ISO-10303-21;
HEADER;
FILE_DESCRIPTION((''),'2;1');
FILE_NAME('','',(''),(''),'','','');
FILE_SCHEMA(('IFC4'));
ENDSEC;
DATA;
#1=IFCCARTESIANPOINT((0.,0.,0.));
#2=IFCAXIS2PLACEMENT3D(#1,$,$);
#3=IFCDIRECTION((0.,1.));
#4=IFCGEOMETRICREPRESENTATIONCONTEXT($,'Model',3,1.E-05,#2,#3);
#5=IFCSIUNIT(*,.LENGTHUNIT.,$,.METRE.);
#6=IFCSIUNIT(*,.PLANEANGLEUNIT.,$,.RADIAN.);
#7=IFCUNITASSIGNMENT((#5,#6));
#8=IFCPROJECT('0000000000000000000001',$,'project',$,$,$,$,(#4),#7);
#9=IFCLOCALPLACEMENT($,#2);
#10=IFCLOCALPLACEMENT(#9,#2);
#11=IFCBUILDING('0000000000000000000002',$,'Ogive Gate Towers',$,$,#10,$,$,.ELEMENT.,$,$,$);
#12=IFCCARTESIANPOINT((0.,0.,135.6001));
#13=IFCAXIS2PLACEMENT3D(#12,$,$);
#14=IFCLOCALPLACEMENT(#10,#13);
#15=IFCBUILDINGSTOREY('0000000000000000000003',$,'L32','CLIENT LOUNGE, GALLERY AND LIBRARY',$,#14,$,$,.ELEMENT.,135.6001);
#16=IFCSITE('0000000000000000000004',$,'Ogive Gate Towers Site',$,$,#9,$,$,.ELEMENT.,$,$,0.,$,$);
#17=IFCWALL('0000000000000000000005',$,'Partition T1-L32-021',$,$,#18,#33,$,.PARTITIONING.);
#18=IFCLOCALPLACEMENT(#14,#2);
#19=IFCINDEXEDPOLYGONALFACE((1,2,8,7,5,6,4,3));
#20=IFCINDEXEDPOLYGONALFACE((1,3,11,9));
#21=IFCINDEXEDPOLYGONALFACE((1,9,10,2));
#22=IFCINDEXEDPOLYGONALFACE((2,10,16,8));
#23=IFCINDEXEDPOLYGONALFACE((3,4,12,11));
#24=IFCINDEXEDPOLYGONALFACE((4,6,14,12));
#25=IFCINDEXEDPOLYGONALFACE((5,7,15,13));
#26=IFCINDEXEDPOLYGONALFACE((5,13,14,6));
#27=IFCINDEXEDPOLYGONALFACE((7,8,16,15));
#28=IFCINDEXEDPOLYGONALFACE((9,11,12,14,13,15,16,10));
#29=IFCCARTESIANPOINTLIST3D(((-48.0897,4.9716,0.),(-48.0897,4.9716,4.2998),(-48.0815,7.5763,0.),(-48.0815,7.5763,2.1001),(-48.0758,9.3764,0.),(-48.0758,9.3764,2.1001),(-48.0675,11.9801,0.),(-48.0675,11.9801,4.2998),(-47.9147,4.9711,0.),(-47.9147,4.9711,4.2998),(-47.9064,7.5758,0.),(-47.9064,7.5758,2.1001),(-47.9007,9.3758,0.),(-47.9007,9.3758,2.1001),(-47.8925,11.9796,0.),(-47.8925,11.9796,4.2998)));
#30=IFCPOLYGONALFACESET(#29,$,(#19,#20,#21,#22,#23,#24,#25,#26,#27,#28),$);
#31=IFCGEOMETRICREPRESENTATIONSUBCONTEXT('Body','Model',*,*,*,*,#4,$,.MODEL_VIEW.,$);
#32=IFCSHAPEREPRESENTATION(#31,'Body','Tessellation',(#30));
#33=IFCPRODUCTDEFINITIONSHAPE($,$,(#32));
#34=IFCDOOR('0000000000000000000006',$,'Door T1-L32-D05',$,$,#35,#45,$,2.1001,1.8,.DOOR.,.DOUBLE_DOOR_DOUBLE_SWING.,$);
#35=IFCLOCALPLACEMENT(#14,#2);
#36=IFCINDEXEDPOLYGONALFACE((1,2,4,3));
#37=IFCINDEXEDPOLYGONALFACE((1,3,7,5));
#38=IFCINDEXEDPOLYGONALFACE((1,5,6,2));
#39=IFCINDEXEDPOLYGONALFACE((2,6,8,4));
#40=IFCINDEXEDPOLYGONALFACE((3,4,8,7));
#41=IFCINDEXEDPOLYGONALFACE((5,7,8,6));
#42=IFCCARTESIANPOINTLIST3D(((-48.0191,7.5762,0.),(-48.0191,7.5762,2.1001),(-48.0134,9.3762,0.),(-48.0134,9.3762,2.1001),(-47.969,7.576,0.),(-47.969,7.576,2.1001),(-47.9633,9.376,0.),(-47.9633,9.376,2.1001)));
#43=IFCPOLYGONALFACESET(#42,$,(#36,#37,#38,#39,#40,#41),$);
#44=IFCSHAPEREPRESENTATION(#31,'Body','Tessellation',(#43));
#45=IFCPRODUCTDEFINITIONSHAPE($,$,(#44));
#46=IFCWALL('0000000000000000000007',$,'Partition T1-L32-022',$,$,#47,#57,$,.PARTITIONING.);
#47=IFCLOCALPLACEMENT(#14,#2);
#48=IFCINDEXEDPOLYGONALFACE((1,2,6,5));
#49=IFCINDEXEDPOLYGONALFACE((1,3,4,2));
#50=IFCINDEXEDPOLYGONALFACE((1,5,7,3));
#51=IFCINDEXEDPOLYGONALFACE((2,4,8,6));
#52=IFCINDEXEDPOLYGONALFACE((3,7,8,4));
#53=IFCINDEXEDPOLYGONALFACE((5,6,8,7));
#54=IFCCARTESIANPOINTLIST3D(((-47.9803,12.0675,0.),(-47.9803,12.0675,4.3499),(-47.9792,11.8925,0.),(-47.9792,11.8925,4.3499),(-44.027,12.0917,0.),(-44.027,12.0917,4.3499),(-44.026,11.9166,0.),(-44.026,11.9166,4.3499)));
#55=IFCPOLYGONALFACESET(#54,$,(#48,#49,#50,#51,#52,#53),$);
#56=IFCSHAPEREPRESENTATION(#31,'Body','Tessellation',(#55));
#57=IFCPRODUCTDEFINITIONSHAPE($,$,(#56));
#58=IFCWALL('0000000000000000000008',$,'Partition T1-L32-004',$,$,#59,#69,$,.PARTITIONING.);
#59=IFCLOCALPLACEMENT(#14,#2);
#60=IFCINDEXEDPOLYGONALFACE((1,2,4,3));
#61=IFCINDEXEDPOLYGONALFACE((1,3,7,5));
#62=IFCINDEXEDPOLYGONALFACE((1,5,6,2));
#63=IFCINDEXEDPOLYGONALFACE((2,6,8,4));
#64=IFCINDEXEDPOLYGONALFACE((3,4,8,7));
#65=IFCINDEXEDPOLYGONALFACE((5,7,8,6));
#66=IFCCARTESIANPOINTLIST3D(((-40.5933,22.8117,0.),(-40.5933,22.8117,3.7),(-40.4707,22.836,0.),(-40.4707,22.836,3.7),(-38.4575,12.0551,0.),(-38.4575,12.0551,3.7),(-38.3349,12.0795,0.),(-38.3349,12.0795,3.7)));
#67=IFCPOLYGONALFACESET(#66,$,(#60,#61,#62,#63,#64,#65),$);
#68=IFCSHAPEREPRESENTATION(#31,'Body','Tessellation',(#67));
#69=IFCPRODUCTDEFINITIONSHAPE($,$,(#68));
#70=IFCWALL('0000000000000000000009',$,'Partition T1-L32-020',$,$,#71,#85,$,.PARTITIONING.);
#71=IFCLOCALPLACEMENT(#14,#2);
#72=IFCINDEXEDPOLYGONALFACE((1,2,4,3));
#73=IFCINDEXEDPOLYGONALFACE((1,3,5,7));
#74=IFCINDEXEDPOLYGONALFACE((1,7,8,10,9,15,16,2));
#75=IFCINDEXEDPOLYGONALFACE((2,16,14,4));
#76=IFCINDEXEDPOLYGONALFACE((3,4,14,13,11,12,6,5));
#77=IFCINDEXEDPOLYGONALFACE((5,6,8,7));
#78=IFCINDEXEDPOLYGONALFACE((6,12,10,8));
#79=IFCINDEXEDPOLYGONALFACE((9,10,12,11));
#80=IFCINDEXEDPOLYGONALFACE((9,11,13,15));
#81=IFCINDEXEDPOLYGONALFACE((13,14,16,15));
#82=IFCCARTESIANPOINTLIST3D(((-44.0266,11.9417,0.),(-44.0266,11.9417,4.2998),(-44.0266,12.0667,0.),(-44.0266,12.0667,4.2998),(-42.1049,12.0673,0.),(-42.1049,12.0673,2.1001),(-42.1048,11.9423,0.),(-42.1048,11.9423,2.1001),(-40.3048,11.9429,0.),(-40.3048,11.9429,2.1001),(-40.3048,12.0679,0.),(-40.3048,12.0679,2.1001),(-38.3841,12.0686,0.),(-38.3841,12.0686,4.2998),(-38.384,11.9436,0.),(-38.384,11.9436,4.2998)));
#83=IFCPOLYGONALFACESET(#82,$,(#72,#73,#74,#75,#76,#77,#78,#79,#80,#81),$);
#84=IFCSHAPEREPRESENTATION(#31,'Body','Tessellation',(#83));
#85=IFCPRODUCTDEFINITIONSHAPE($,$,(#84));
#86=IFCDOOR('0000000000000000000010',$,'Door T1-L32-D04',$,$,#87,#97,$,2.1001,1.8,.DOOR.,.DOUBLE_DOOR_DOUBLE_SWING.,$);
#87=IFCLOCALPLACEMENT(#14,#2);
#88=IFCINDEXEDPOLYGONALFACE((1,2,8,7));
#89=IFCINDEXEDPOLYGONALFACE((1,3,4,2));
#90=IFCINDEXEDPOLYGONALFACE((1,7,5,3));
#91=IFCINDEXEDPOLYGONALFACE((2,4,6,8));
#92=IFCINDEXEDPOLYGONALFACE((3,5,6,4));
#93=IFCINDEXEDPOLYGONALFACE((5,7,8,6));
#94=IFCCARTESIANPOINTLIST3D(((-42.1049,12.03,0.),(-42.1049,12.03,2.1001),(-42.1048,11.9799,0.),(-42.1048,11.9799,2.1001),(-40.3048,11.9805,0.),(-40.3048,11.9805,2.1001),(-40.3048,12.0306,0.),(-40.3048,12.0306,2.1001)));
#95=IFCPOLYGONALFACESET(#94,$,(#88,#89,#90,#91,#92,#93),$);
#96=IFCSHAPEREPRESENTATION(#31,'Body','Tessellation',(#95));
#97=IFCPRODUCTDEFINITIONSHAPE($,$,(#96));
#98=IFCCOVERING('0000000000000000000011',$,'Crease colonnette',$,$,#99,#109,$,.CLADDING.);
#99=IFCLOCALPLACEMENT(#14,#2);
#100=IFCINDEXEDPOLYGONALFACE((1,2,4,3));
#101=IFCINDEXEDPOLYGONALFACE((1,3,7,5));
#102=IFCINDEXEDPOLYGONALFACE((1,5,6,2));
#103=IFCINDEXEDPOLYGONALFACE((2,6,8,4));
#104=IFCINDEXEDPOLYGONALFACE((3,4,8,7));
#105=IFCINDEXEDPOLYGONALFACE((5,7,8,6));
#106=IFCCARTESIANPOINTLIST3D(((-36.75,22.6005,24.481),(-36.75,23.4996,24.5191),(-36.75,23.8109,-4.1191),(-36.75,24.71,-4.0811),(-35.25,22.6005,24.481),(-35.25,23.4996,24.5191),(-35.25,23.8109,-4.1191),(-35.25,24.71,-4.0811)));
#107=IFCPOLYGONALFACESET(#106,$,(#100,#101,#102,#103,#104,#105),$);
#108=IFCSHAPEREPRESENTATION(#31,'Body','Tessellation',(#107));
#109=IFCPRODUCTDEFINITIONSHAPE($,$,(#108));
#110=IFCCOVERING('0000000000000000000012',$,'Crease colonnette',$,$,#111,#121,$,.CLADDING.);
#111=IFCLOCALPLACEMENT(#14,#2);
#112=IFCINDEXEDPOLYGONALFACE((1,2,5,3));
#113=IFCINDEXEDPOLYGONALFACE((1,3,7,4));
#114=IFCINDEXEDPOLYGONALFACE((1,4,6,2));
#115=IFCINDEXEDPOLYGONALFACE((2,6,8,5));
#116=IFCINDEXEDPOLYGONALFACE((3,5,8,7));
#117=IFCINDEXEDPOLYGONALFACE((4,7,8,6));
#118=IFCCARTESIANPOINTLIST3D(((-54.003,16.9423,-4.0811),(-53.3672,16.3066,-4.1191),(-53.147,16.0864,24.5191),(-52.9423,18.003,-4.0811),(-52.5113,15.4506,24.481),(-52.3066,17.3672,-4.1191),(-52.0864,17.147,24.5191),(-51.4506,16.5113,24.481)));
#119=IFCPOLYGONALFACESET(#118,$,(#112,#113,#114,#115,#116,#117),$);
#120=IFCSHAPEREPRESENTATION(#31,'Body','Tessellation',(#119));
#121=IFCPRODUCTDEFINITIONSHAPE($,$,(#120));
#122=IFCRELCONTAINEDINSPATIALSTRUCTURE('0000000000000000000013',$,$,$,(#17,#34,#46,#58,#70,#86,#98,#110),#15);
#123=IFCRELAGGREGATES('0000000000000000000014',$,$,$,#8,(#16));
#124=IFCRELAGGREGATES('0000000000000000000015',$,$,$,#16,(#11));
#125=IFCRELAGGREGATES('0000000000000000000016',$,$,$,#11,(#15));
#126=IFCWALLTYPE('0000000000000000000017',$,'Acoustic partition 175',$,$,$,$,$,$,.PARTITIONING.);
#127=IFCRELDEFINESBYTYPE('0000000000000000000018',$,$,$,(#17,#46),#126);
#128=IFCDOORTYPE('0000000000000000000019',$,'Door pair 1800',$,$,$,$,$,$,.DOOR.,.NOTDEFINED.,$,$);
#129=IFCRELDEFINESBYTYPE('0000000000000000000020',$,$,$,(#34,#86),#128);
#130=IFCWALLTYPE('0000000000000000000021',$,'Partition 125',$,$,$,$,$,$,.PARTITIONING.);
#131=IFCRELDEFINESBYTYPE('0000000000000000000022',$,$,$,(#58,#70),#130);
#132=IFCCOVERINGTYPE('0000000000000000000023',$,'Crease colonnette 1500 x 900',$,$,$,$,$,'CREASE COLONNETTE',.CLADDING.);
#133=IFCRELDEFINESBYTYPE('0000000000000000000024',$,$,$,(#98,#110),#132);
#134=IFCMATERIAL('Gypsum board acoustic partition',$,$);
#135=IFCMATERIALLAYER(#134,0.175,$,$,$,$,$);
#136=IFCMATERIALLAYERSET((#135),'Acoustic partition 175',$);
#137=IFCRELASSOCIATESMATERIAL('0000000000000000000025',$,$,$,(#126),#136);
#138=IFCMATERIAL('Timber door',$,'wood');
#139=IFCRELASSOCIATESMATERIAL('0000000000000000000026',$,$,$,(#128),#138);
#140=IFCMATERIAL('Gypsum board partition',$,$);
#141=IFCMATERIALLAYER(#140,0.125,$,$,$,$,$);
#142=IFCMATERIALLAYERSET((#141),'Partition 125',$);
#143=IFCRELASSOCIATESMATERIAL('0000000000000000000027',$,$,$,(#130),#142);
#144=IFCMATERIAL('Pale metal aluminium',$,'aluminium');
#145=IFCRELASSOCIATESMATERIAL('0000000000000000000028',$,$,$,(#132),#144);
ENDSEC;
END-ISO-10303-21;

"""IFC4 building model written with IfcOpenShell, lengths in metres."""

from ifc_helpers import new_model, si_unit, direction, frame, frame_2d, origin, origin_2d, place, context, subcontext, project, spatial, rectangle, extrude, material, layer, layer_set, material_profile, profile_set, type_object, element, fill, save


model = new_model("IFC4")

# Units and contexts
model_context = context("Model", 3, precision=1e-05, world=origin(), true_north=direction((0.0, 1.0)))
body_context = subcontext(model_context, "Body", "Model", "MODEL_VIEW")
ifc_project = project(units=[si_unit("LENGTHUNIT", "METRE"), si_unit("PLANEANGLEUNIT", "RADIAN")], contexts=[model_context])

# Site, building, storey
site_placement = place(None, origin())
site = spatial("IfcSite", under=ifc_project, at=site_placement, Name="Ogive Gate Towers Site", CompositionType="ELEMENT", RefElevation=0.0)
building_placement = place(site_placement, origin())
building = spatial("IfcBuilding", under=site, at=building_placement, Name="Ogive Gate Towers", CompositionType="ELEMENT")
storey_placement = place(building_placement, frame((0.0, 0.0, 135.6001)))
storey = spatial("IfcBuildingStorey", under=building, at=storey_placement, Name="L32", Description="CLIENT LOUNGE, GALLERY AND LIBRARY", CompositionType="ELEMENT", Elevation=135.6001)

# Shared definitions
ifc_material_1 = material(Name="Pale metal aluminium", Category="aluminium")

# Shared definitions
ifc_material_2 = material(Name="Gypsum board acoustic partition")
ifc_layer_1 = layer(ifc_material_2, 0.175)
ifc_layer_set_1 = layer_set([ifc_layer_1], Name="Acoustic partition 175")
wall_type_1 = type_object("IfcWallType", Name="Acoustic partition 175", PredefinedType="PARTITIONING", material=ifc_layer_set_1)

# Wall, opening, door
wall_1_placement = place(storey_placement, frame((-47.98, 11.98, 0.0), z_axis=(0.0, 0.0, 1.0), x_axis=(-0.00317, -0.999995, 0.0)))
wall_1 = element("IfcWall", 1, at=wall_1_placement, inside=storey, type_object=wall_type_1, Name="Partition T1-L32-021", PredefinedType="PARTITIONING", context=body_context, shape_type="SweptSolid", body=[
    extrude(rectangle(XDim=7.0085, YDim=0.175, at=frame_2d((3.5044, 0.0))), origin(), (0.0, 0.0, 1.0), 4.2998),
])
opening_1_placement = place(wall_1_placement, frame((2.604, 0.0, 0.0)))
opening_1 = element("IfcOpeningElement", 2, at=opening_1_placement, cuts=wall_1, PredefinedType="OPENING", context=body_context, shape_type="SweptSolid", body=[
    extrude(rectangle(XDim=1.8, YDim=2.1001, at=frame_2d((0.8999, 1.05))), frame((0.0, 0.0977, 0.0), z_axis=(0.0, -1.0, 0.0), x_axis=(1.0, 0.0, 0.0)), (0.0, 0.0, 1.0), 0.1951),
])
ifc_material_3 = material(Name="Timber door", Category="wood")
door_type = type_object("IfcDoorType", Name="Door pair 1800", OperationType="NOTDEFINED", PredefinedType="DOOR", material=ifc_material_3)
door_1_placement = place(opening_1_placement, origin())
door_1 = element("IfcDoor", 3, at=door_1_placement, inside=storey, type_object=door_type, Name="Door T1-L32-D05", OperationType="DOUBLE_DOOR_DOUBLE_SWING", OverallHeight=2.1001, OverallWidth=1.8, PredefinedType="DOOR", context=body_context, shape_type="SweptSolid", body=[
    extrude(rectangle(XDim=1.8, YDim=2.1001, at=frame_2d((0.8999, 1.05))), frame((0.0, 0.0249, 0.0), z_axis=(0.0, -1.0, 0.0), x_axis=(1.0, 0.0, 0.0)), (0.0, 0.0, 1.0), 0.05),
])
fill(opening_1, door_1)

# Walls
wall_2_placement = place(storey_placement, frame((-44.0266, 12.0042, 0.0), z_axis=(0.0, 0.0, 1.0), x_axis=(-0.999981, -0.006114, 0.0)))
element("IfcWall", 4, at=wall_2_placement, inside=storey, type_object=wall_type_1, Name="Partition T1-L32-022", PredefinedType="PARTITIONING", context=body_context, shape_type="SweptSolid", body=[
    extrude(rectangle(XDim=3.9534, YDim=0.175, at=frame_2d((1.9766, 0.0))), origin(), (0.0, 0.0, 1.0), 4.3499),
])
ifc_material_4 = material(Name="Gypsum board partition")
ifc_layer_2 = layer(ifc_material_4, 0.125)
ifc_layer_set_2 = layer_set([ifc_layer_2], Name="Partition 125")
wall_type_2 = type_object("IfcWallType", Name="Partition 125", PredefinedType="PARTITIONING", material=ifc_layer_set_2)
wall_3_placement = place(storey_placement, frame((-40.532, 22.824, 0.0), z_axis=(0.0, 0.0, 1.0), x_axis=(0.19475, -0.980853, 0.0)))
element("IfcWall", 5, at=wall_3_placement, inside=storey, type_object=wall_type_2, Name="Partition T1-L32-004", PredefinedType="PARTITIONING", context=body_context, shape_type="SweptSolid", body=[
    extrude(rectangle(XDim=10.9666, YDim=0.125, at=frame_2d((5.4834, 0.0))), origin(), (0.0, 0.0, 1.0), 3.7),
])

# Wall, opening, door
wall_4_placement = place(storey_placement, frame((-38.384, 12.0061, 0.0), z_axis=(0.0, 0.0, 1.0), x_axis=(-1.0, -0.000346, 0.0)))
wall_4 = element("IfcWall", 6, at=wall_4_placement, inside=storey, type_object=wall_type_2, Name="Partition T1-L32-020", PredefinedType="PARTITIONING", context=body_context, shape_type="SweptSolid", body=[
    extrude(rectangle(XDim=5.6426, YDim=0.125, at=frame_2d((2.8213, 0.0))), origin(), (0.0, 0.0, 1.0), 4.2998),
])
opening_2_placement = place(wall_4_placement, frame((1.9209, 0.0, 0.0)))
opening_2 = element("IfcOpeningElement", 7, at=opening_2_placement, cuts=wall_4, PredefinedType="OPENING", context=body_context, shape_type="SweptSolid", body=[
    extrude(rectangle(XDim=1.8, YDim=2.1001, at=frame_2d((0.8999, 1.05))), frame((0.0, 0.0725, 0.0), z_axis=(0.0, -1.0, 0.0), x_axis=(1.0, 0.0, 0.0)), (0.0, 0.0, 1.0), 0.145),
])
door_2_placement = place(opening_2_placement, origin())
door_2 = element("IfcDoor", 8, at=door_2_placement, inside=storey, type_object=door_type, Name="Door T1-L32-D04", OperationType="DOUBLE_DOOR_DOUBLE_SWING", OverallHeight=2.1001, OverallWidth=1.8, PredefinedType="DOOR", context=body_context, shape_type="SweptSolid", body=[
    extrude(rectangle(XDim=1.8, YDim=2.1001, at=frame_2d((0.8999, 1.05))), frame((0.0, 0.0249, 0.0), z_axis=(0.0, -1.0, 0.0), x_axis=(1.0, 0.0, 0.0)), (0.0, 0.0, 1.0), 0.05),
])
fill(opening_2, door_2)

# Coverings
ifc_material_profile_1 = material_profile(ifc_material_1, rectangle(XDim=1.5, YDim=0.8999, at=origin_2d()), Name="1500 x 900 pale metal aluminium")
ifc_profile_set_1 = profile_set([ifc_material_profile_1], Name="Pale metal aluminium")
covering_type = type_object("IfcCoveringType", Name="Crease colonnette 1500 x 900", ElementType="CREASE COLONNETTE", PredefinedType="CLADDING", material=ifc_profile_set_1)
for number, where, z_axis, x_axis, name in (
    (9, (-36.0, 24.2605, -4.1001), (0.0, -0.042285, 0.999106), (1.0, 0.0, 0.0), "Crease colonnette"),
    (10, (-53.1548, 17.1548, -4.1001), (0.029902, -0.029902, 0.999105), (0.707107, 0.707107, 0.0), "Crease colonnette"),
):
    element("IfcCovering", number, at=place(storey_placement, frame(where, z_axis=z_axis, x_axis=x_axis)), inside=storey, type_object=covering_type, Name=name, PredefinedType="CLADDING", context=body_context, shape_type="SweptSolid", body=[
        extrude(rectangle(XDim=1.5, YDim=0.8999, at=origin_2d()), origin(), (0.0, 0.0, 1.0), 28.6257),
    ])

save(model, "model.ifc")
